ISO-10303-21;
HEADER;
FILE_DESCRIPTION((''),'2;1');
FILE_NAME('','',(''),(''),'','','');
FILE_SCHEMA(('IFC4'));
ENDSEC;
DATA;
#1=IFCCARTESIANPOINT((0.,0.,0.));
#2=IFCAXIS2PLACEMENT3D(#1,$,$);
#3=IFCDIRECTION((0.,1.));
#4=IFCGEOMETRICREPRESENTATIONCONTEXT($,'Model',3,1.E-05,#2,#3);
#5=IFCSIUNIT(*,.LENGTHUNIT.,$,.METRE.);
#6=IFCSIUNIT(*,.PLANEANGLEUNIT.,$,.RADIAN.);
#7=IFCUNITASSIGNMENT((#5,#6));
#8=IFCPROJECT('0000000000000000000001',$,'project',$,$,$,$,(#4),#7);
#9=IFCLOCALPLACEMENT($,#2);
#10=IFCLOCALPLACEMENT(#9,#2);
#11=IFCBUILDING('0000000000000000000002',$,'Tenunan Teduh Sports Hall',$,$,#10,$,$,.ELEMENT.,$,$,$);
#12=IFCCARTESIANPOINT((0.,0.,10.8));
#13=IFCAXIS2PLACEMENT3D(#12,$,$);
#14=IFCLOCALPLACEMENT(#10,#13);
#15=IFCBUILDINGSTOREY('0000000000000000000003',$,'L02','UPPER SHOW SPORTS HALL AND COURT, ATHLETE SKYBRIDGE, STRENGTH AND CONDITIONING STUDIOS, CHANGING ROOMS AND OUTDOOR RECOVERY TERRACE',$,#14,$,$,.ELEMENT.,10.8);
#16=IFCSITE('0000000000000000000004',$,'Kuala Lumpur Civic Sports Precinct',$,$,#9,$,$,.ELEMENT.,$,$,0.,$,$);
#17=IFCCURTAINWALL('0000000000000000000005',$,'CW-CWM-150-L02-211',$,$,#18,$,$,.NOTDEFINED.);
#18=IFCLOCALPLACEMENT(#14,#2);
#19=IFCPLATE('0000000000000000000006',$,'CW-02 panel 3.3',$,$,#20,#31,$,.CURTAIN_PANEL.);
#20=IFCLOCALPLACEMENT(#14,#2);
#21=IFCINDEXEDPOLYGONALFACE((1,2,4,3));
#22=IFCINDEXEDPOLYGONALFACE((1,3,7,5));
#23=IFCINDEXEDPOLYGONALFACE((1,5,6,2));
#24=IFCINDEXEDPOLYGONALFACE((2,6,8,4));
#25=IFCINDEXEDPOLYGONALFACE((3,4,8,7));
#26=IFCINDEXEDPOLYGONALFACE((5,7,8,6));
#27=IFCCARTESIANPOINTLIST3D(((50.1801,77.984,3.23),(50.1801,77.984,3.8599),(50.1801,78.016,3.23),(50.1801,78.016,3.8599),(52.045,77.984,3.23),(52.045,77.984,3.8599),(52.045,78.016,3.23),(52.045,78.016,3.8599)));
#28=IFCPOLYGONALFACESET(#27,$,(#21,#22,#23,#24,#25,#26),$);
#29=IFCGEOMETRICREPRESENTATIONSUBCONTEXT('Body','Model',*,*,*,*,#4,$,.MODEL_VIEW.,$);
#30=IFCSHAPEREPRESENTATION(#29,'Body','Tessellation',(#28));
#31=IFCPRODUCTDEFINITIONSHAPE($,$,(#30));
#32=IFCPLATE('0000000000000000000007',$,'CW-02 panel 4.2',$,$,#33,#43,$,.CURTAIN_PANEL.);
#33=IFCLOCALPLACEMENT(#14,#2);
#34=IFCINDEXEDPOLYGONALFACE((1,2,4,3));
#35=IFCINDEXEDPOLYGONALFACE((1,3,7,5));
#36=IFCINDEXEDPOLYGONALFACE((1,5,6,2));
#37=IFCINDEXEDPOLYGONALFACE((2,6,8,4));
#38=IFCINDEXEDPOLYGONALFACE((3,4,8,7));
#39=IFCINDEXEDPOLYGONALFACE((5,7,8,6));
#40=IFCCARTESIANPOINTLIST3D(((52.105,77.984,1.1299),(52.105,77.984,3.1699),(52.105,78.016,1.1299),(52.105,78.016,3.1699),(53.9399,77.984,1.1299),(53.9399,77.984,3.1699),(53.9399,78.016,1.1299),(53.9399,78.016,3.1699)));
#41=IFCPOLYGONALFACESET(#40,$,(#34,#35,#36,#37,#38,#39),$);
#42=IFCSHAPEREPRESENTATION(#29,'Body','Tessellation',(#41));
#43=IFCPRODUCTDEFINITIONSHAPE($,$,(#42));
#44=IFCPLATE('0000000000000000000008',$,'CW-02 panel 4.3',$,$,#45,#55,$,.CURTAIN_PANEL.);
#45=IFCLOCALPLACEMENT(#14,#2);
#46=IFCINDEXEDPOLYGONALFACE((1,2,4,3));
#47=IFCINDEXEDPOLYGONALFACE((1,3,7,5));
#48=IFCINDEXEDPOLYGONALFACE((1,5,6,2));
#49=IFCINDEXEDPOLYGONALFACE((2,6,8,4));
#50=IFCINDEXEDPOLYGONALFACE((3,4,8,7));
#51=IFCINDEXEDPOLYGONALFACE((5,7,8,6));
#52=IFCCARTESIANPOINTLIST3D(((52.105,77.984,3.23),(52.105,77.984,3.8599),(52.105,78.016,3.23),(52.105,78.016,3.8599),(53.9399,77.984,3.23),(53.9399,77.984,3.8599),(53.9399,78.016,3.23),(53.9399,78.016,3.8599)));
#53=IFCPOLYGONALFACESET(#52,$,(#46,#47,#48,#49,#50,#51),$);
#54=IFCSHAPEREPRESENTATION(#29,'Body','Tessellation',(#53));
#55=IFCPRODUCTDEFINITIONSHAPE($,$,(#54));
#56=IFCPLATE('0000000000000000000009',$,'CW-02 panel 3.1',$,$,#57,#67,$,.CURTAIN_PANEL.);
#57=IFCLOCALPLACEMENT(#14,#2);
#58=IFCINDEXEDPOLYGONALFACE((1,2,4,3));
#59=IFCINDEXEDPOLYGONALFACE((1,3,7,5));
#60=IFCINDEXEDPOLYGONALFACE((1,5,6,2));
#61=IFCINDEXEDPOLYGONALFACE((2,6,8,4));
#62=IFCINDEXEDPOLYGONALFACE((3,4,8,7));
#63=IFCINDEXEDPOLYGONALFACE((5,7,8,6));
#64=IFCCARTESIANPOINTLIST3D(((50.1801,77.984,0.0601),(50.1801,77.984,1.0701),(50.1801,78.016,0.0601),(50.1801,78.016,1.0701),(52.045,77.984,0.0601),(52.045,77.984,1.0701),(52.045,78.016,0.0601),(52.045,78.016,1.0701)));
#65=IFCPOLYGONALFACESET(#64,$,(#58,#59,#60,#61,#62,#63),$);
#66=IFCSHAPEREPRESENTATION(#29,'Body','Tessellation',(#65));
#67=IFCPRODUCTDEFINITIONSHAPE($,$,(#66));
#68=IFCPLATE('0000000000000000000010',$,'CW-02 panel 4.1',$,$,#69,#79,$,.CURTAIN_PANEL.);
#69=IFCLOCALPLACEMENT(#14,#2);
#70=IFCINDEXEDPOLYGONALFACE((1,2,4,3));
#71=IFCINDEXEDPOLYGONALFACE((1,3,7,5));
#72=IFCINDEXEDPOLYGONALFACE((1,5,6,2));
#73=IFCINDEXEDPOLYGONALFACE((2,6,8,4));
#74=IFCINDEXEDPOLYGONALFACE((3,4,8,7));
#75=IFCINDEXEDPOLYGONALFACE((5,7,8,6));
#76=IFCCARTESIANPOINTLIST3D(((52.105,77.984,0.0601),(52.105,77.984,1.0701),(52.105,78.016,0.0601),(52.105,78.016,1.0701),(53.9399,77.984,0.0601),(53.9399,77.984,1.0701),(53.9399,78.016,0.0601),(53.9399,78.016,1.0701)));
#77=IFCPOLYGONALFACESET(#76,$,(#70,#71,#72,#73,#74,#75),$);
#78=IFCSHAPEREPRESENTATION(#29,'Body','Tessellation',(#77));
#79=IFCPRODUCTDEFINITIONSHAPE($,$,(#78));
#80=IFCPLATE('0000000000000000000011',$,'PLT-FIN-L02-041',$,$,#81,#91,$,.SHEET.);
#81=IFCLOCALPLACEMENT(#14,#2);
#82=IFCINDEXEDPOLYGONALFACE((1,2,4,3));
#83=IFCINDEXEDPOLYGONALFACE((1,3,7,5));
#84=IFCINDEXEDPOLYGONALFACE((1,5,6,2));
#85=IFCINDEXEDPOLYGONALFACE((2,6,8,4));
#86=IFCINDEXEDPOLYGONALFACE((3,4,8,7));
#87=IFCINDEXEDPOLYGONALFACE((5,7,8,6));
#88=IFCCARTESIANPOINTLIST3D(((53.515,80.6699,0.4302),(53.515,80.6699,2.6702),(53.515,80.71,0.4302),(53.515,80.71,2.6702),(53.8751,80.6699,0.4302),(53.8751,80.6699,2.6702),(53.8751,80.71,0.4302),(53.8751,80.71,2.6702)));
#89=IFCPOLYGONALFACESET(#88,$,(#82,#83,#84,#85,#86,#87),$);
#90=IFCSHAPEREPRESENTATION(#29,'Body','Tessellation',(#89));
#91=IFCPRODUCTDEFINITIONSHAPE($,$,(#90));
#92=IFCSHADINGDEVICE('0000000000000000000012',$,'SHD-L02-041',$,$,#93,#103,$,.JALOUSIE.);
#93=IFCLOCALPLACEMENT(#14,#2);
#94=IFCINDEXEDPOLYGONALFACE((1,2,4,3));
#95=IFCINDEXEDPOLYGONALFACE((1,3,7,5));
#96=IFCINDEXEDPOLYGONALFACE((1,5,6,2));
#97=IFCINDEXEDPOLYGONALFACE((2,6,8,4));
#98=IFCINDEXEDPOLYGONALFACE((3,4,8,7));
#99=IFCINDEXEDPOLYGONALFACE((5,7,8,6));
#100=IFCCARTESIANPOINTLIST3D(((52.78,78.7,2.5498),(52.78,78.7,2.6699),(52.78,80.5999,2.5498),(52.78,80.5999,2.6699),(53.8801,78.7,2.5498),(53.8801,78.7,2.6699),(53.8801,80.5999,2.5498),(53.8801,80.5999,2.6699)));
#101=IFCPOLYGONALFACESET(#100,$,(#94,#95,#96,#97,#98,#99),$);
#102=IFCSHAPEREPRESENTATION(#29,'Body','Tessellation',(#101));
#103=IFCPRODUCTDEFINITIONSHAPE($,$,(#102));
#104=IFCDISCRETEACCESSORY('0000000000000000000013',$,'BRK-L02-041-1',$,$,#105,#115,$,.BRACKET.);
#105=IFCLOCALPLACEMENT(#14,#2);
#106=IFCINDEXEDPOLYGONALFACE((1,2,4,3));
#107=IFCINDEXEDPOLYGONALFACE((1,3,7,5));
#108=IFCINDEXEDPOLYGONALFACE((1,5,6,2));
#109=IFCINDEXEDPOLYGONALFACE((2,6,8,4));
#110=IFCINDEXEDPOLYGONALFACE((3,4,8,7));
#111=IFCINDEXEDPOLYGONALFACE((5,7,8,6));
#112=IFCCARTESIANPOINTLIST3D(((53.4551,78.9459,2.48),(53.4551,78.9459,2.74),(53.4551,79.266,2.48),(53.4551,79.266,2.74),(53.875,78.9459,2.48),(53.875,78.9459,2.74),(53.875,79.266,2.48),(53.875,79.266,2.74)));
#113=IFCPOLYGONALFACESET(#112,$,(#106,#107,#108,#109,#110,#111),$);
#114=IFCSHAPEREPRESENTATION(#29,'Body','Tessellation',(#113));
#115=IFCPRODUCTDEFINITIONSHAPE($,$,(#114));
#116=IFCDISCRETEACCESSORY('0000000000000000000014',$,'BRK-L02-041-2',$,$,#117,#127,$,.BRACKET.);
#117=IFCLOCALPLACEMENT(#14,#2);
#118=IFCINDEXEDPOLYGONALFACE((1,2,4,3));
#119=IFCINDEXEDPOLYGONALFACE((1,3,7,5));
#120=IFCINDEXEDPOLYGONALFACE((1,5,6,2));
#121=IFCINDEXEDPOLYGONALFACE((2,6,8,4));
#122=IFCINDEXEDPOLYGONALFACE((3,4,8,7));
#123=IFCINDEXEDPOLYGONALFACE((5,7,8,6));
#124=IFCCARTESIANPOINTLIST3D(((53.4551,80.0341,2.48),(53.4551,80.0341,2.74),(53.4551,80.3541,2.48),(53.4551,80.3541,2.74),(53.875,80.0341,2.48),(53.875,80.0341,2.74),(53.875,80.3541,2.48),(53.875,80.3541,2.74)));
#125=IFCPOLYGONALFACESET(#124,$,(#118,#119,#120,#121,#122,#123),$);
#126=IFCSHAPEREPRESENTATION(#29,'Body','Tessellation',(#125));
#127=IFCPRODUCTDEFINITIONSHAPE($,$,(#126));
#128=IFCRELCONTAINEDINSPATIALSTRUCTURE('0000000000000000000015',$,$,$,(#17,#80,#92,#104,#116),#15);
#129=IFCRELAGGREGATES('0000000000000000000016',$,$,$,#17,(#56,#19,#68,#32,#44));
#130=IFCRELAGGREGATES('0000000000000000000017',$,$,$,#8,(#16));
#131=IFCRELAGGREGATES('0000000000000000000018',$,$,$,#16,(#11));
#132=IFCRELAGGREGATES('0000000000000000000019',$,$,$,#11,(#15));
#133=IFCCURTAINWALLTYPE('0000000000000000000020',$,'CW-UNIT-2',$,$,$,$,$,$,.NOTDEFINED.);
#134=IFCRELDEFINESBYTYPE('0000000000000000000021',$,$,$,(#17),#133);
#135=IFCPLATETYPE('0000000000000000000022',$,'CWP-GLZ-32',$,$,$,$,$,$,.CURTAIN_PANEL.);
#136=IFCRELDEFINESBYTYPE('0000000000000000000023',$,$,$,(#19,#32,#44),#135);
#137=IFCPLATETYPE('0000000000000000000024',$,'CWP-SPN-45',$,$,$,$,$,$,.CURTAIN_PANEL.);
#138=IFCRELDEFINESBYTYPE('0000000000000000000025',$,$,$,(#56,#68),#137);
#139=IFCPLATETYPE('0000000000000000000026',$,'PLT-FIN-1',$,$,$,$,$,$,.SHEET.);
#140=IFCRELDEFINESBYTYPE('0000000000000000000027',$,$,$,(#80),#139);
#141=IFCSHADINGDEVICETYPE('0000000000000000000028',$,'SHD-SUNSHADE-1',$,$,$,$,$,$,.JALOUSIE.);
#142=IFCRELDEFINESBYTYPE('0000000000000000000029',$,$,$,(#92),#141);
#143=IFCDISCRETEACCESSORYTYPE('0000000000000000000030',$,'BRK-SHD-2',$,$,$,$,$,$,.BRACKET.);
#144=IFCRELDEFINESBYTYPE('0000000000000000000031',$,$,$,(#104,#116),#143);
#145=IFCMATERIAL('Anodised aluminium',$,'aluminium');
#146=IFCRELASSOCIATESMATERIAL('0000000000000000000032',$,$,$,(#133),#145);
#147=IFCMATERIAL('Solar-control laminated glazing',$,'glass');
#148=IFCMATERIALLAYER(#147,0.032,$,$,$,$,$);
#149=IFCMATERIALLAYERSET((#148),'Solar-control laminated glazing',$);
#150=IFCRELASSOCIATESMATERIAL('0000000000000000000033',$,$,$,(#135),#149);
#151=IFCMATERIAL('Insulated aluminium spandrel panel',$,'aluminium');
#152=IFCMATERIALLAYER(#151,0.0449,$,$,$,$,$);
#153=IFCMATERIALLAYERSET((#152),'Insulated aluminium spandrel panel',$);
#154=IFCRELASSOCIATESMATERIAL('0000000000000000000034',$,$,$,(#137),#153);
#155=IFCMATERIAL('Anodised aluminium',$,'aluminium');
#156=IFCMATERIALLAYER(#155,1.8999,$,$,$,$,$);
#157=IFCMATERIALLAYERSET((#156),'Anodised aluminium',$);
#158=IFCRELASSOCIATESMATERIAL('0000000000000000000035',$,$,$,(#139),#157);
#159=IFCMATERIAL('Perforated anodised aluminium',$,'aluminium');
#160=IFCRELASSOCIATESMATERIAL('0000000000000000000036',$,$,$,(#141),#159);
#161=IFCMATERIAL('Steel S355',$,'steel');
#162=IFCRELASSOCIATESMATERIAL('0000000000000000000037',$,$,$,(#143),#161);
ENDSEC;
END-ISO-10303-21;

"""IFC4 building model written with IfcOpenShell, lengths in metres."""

from ifc_helpers import new_model, si_unit, direction, frame, origin, origin_2d, place, context, subcontext, project, spatial, rectangle, extrude, material, layer, layer_set, type_object, element, aggregate, save


model = new_model("IFC4")

# Units and contexts
model_context = context("Model", 3, precision=1e-05, world=origin(), true_north=direction((0.0, 1.0)))
body_context = subcontext(model_context, "Body", "Model", "MODEL_VIEW")
ifc_project = project(units=[si_unit("LENGTHUNIT", "METRE"), si_unit("PLANEANGLEUNIT", "RADIAN")], contexts=[model_context])

# Site, building, storey
site_placement = place(None, origin())
site = spatial("IfcSite", under=ifc_project, at=site_placement, Name="Kuala Lumpur Civic Sports Precinct", CompositionType="ELEMENT", RefElevation=0.0)
building_placement = place(site_placement, origin())
building = spatial("IfcBuilding", under=site, at=building_placement, Name="Tenunan Teduh Sports Hall", CompositionType="ELEMENT")
storey_placement = place(building_placement, frame((0.0, 0.0, 10.8)))
storey = spatial("IfcBuildingStorey", under=building, at=storey_placement, Name="L02", Description="UPPER SHOW SPORTS HALL AND COURT, ATHLETE SKYBRIDGE, STRENGTH AND CONDITIONING STUDIOS, CHANGING ROOMS AND OUTDOOR RECOVERY TERRACE", CompositionType="ELEMENT", Elevation=10.8)

# Curtain wall, plates
ifc_material_1 = material(Name="Anodised aluminium", Category="aluminium")
curtain_wall_type = type_object("IfcCurtainWallType", Name="CW-UNIT-2", PredefinedType="NOTDEFINED", material=ifc_material_1)
curtain_wall_placement = place(storey_placement, origin())
curtain_wall = element("IfcCurtainWall", 1, at=curtain_wall_placement, inside=storey, type_object=curtain_wall_type, Name="CW-CWM-150-L02-211", PredefinedType="NOTDEFINED")
ifc_material_2 = material(Name="Solar-control laminated glazing", Category="glass")
ifc_layer_1 = layer(ifc_material_2, 0.032)
ifc_layer_set_1 = layer_set([ifc_layer_1], Name="Solar-control laminated glazing")
plate_type_1 = type_object("IfcPlateType", Name="CWP-GLZ-32", PredefinedType="CURTAIN_PANEL", material=ifc_layer_set_1)
plate_1_placement = place(storey_placement, frame((51.1125, 78.0, 3.23), z_axis=(0.0, 0.0, 1.0), x_axis=(1.0, 0.0, 0.0)))
plate_1 = element("IfcPlate", 2, at=plate_1_placement, type_object=plate_type_1, Name="CW-02 panel 3.3", PredefinedType="CURTAIN_PANEL", context=body_context, shape_type="SweptSolid", body=[
    extrude(rectangle(XDim=1.865, YDim=0.032, at=origin_2d()), origin(), (0.0, 0.0, 1.0), 0.6299),
])
plate_2_placement = place(storey_placement, frame((53.0225, 78.0, 1.1299), z_axis=(0.0, 0.0, 1.0), x_axis=(1.0, 0.0, 0.0)))
plate_2 = element("IfcPlate", 3, at=plate_2_placement, type_object=plate_type_1, Name="CW-02 panel 4.2", PredefinedType="CURTAIN_PANEL", context=body_context, shape_type="SweptSolid", body=[
    extrude(rectangle(XDim=1.835, YDim=0.032, at=origin_2d()), origin(), (0.0, 0.0, 1.0), 2.04),
])
plate_3_placement = place(storey_placement, frame((53.0225, 78.0, 3.23), z_axis=(0.0, 0.0, 1.0), x_axis=(1.0, 0.0, 0.0)))
plate_3 = element("IfcPlate", 4, at=plate_3_placement, type_object=plate_type_1, Name="CW-02 panel 4.3", PredefinedType="CURTAIN_PANEL", context=body_context, shape_type="SweptSolid", body=[
    extrude(rectangle(XDim=1.835, YDim=0.032, at=origin_2d()), origin(), (0.0, 0.0, 1.0), 0.6299),
])
ifc_material_3 = material(Name="Insulated aluminium spandrel panel", Category="aluminium")
ifc_layer_2 = layer(ifc_material_3, 0.0449)
ifc_layer_set_2 = layer_set([ifc_layer_2], Name="Insulated aluminium spandrel panel")
plate_type_2 = type_object("IfcPlateType", Name="CWP-SPN-45", PredefinedType="CURTAIN_PANEL", material=ifc_layer_set_2)
plate_4_placement = place(storey_placement, frame((51.1125, 78.0, 0.0601), z_axis=(0.0, 0.0, 1.0), x_axis=(1.0, 0.0, 0.0)))
plate_4 = element("IfcPlate", 5, at=plate_4_placement, type_object=plate_type_2, Name="CW-02 panel 3.1", PredefinedType="CURTAIN_PANEL", context=body_context, shape_type="SweptSolid", body=[
    extrude(rectangle(XDim=1.865, YDim=0.032, at=origin_2d()), origin(), (0.0, 0.0, 1.0), 1.01),
])
plate_5_placement = place(storey_placement, frame((53.0225, 78.0, 0.0601), z_axis=(0.0, 0.0, 1.0), x_axis=(1.0, 0.0, 0.0)))
plate_5 = element("IfcPlate", 6, at=plate_5_placement, type_object=plate_type_2, Name="CW-02 panel 4.1", PredefinedType="CURTAIN_PANEL", context=body_context, shape_type="SweptSolid", body=[
    extrude(rectangle(XDim=1.835, YDim=0.032, at=origin_2d()), origin(), (0.0, 0.0, 1.0), 1.01),
])
aggregate(curtain_wall, [plate_4, plate_1, plate_5, plate_2, plate_3])

# Plate
ifc_material_4 = material(Name="Anodised aluminium", Category="aluminium")
ifc_layer_3 = layer(ifc_material_4, 1.8999)
ifc_layer_set_3 = layer_set([ifc_layer_3], Name="Anodised aluminium")
plate_type_3 = type_object("IfcPlateType", Name="PLT-FIN-1", PredefinedType="SHEET", material=ifc_layer_set_3)
plate_6_placement = place(storey_placement, frame((53.6951, 80.6899, 0.4302), z_axis=(0.0, 0.0, 1.0), x_axis=(0.0, 1.0, 0.0)))
element("IfcPlate", 7, at=plate_6_placement, inside=storey, type_object=plate_type_3, Name="PLT-FIN-L02-041", PredefinedType="SHEET", context=body_context, shape_type="SweptSolid", body=[
    extrude(rectangle(XDim=0.04, YDim=0.3601, at=origin_2d()), origin(), (0.0, 0.0, 1.0), 2.24),
])

# Shading device
ifc_material_5 = material(Name="Perforated anodised aluminium", Category="aluminium")
shading_device_type = type_object("IfcShadingDeviceType", Name="SHD-SUNSHADE-1", PredefinedType="JALOUSIE", material=ifc_material_5)
shading_device_placement = place(storey_placement, frame((53.3301, 79.6499, 2.5498), z_axis=(0.0, 0.0, 1.0), x_axis=(0.0, 1.0, 0.0)))
element("IfcShadingDevice", 8, at=shading_device_placement, inside=storey, type_object=shading_device_type, Name="SHD-L02-041", PredefinedType="JALOUSIE", context=body_context, shape_type="SweptSolid", body=[
    extrude(rectangle(XDim=1.8999, YDim=1.1001, at=origin_2d()), origin(), (0.0, 0.0, 1.0), 0.1201),
])

# Discrete accessories
ifc_material_6 = material(Name="Steel S355", Category="steel")
discrete_accessory_type = type_object("IfcDiscreteAccessoryType", Name="BRK-SHD-2", PredefinedType="BRACKET", material=ifc_material_6)
for number, where, z_axis, x_axis, name in (
    (9, (53.665, 79.106, 2.48), (0.0, 0.0, 1.0), (0.0, 1.0, 0.0), "BRK-L02-041-1"),
    (10, (53.665, 80.1941, 2.48), (0.0, 0.0, 1.0), (0.0, 1.0, 0.0), "BRK-L02-041-2"),
):
    element("IfcDiscreteAccessory", number, at=place(storey_placement, frame(where, z_axis=z_axis, x_axis=x_axis)), inside=storey, type_object=discrete_accessory_type, Name=name, PredefinedType="BRACKET", context=body_context, shape_type="SweptSolid", body=[
        extrude(rectangle(XDim=0.3201, YDim=0.4199, at=origin_2d()), origin(), (0.0, 0.0, 1.0), 0.26),
    ])

save(model, "model.ifc")
